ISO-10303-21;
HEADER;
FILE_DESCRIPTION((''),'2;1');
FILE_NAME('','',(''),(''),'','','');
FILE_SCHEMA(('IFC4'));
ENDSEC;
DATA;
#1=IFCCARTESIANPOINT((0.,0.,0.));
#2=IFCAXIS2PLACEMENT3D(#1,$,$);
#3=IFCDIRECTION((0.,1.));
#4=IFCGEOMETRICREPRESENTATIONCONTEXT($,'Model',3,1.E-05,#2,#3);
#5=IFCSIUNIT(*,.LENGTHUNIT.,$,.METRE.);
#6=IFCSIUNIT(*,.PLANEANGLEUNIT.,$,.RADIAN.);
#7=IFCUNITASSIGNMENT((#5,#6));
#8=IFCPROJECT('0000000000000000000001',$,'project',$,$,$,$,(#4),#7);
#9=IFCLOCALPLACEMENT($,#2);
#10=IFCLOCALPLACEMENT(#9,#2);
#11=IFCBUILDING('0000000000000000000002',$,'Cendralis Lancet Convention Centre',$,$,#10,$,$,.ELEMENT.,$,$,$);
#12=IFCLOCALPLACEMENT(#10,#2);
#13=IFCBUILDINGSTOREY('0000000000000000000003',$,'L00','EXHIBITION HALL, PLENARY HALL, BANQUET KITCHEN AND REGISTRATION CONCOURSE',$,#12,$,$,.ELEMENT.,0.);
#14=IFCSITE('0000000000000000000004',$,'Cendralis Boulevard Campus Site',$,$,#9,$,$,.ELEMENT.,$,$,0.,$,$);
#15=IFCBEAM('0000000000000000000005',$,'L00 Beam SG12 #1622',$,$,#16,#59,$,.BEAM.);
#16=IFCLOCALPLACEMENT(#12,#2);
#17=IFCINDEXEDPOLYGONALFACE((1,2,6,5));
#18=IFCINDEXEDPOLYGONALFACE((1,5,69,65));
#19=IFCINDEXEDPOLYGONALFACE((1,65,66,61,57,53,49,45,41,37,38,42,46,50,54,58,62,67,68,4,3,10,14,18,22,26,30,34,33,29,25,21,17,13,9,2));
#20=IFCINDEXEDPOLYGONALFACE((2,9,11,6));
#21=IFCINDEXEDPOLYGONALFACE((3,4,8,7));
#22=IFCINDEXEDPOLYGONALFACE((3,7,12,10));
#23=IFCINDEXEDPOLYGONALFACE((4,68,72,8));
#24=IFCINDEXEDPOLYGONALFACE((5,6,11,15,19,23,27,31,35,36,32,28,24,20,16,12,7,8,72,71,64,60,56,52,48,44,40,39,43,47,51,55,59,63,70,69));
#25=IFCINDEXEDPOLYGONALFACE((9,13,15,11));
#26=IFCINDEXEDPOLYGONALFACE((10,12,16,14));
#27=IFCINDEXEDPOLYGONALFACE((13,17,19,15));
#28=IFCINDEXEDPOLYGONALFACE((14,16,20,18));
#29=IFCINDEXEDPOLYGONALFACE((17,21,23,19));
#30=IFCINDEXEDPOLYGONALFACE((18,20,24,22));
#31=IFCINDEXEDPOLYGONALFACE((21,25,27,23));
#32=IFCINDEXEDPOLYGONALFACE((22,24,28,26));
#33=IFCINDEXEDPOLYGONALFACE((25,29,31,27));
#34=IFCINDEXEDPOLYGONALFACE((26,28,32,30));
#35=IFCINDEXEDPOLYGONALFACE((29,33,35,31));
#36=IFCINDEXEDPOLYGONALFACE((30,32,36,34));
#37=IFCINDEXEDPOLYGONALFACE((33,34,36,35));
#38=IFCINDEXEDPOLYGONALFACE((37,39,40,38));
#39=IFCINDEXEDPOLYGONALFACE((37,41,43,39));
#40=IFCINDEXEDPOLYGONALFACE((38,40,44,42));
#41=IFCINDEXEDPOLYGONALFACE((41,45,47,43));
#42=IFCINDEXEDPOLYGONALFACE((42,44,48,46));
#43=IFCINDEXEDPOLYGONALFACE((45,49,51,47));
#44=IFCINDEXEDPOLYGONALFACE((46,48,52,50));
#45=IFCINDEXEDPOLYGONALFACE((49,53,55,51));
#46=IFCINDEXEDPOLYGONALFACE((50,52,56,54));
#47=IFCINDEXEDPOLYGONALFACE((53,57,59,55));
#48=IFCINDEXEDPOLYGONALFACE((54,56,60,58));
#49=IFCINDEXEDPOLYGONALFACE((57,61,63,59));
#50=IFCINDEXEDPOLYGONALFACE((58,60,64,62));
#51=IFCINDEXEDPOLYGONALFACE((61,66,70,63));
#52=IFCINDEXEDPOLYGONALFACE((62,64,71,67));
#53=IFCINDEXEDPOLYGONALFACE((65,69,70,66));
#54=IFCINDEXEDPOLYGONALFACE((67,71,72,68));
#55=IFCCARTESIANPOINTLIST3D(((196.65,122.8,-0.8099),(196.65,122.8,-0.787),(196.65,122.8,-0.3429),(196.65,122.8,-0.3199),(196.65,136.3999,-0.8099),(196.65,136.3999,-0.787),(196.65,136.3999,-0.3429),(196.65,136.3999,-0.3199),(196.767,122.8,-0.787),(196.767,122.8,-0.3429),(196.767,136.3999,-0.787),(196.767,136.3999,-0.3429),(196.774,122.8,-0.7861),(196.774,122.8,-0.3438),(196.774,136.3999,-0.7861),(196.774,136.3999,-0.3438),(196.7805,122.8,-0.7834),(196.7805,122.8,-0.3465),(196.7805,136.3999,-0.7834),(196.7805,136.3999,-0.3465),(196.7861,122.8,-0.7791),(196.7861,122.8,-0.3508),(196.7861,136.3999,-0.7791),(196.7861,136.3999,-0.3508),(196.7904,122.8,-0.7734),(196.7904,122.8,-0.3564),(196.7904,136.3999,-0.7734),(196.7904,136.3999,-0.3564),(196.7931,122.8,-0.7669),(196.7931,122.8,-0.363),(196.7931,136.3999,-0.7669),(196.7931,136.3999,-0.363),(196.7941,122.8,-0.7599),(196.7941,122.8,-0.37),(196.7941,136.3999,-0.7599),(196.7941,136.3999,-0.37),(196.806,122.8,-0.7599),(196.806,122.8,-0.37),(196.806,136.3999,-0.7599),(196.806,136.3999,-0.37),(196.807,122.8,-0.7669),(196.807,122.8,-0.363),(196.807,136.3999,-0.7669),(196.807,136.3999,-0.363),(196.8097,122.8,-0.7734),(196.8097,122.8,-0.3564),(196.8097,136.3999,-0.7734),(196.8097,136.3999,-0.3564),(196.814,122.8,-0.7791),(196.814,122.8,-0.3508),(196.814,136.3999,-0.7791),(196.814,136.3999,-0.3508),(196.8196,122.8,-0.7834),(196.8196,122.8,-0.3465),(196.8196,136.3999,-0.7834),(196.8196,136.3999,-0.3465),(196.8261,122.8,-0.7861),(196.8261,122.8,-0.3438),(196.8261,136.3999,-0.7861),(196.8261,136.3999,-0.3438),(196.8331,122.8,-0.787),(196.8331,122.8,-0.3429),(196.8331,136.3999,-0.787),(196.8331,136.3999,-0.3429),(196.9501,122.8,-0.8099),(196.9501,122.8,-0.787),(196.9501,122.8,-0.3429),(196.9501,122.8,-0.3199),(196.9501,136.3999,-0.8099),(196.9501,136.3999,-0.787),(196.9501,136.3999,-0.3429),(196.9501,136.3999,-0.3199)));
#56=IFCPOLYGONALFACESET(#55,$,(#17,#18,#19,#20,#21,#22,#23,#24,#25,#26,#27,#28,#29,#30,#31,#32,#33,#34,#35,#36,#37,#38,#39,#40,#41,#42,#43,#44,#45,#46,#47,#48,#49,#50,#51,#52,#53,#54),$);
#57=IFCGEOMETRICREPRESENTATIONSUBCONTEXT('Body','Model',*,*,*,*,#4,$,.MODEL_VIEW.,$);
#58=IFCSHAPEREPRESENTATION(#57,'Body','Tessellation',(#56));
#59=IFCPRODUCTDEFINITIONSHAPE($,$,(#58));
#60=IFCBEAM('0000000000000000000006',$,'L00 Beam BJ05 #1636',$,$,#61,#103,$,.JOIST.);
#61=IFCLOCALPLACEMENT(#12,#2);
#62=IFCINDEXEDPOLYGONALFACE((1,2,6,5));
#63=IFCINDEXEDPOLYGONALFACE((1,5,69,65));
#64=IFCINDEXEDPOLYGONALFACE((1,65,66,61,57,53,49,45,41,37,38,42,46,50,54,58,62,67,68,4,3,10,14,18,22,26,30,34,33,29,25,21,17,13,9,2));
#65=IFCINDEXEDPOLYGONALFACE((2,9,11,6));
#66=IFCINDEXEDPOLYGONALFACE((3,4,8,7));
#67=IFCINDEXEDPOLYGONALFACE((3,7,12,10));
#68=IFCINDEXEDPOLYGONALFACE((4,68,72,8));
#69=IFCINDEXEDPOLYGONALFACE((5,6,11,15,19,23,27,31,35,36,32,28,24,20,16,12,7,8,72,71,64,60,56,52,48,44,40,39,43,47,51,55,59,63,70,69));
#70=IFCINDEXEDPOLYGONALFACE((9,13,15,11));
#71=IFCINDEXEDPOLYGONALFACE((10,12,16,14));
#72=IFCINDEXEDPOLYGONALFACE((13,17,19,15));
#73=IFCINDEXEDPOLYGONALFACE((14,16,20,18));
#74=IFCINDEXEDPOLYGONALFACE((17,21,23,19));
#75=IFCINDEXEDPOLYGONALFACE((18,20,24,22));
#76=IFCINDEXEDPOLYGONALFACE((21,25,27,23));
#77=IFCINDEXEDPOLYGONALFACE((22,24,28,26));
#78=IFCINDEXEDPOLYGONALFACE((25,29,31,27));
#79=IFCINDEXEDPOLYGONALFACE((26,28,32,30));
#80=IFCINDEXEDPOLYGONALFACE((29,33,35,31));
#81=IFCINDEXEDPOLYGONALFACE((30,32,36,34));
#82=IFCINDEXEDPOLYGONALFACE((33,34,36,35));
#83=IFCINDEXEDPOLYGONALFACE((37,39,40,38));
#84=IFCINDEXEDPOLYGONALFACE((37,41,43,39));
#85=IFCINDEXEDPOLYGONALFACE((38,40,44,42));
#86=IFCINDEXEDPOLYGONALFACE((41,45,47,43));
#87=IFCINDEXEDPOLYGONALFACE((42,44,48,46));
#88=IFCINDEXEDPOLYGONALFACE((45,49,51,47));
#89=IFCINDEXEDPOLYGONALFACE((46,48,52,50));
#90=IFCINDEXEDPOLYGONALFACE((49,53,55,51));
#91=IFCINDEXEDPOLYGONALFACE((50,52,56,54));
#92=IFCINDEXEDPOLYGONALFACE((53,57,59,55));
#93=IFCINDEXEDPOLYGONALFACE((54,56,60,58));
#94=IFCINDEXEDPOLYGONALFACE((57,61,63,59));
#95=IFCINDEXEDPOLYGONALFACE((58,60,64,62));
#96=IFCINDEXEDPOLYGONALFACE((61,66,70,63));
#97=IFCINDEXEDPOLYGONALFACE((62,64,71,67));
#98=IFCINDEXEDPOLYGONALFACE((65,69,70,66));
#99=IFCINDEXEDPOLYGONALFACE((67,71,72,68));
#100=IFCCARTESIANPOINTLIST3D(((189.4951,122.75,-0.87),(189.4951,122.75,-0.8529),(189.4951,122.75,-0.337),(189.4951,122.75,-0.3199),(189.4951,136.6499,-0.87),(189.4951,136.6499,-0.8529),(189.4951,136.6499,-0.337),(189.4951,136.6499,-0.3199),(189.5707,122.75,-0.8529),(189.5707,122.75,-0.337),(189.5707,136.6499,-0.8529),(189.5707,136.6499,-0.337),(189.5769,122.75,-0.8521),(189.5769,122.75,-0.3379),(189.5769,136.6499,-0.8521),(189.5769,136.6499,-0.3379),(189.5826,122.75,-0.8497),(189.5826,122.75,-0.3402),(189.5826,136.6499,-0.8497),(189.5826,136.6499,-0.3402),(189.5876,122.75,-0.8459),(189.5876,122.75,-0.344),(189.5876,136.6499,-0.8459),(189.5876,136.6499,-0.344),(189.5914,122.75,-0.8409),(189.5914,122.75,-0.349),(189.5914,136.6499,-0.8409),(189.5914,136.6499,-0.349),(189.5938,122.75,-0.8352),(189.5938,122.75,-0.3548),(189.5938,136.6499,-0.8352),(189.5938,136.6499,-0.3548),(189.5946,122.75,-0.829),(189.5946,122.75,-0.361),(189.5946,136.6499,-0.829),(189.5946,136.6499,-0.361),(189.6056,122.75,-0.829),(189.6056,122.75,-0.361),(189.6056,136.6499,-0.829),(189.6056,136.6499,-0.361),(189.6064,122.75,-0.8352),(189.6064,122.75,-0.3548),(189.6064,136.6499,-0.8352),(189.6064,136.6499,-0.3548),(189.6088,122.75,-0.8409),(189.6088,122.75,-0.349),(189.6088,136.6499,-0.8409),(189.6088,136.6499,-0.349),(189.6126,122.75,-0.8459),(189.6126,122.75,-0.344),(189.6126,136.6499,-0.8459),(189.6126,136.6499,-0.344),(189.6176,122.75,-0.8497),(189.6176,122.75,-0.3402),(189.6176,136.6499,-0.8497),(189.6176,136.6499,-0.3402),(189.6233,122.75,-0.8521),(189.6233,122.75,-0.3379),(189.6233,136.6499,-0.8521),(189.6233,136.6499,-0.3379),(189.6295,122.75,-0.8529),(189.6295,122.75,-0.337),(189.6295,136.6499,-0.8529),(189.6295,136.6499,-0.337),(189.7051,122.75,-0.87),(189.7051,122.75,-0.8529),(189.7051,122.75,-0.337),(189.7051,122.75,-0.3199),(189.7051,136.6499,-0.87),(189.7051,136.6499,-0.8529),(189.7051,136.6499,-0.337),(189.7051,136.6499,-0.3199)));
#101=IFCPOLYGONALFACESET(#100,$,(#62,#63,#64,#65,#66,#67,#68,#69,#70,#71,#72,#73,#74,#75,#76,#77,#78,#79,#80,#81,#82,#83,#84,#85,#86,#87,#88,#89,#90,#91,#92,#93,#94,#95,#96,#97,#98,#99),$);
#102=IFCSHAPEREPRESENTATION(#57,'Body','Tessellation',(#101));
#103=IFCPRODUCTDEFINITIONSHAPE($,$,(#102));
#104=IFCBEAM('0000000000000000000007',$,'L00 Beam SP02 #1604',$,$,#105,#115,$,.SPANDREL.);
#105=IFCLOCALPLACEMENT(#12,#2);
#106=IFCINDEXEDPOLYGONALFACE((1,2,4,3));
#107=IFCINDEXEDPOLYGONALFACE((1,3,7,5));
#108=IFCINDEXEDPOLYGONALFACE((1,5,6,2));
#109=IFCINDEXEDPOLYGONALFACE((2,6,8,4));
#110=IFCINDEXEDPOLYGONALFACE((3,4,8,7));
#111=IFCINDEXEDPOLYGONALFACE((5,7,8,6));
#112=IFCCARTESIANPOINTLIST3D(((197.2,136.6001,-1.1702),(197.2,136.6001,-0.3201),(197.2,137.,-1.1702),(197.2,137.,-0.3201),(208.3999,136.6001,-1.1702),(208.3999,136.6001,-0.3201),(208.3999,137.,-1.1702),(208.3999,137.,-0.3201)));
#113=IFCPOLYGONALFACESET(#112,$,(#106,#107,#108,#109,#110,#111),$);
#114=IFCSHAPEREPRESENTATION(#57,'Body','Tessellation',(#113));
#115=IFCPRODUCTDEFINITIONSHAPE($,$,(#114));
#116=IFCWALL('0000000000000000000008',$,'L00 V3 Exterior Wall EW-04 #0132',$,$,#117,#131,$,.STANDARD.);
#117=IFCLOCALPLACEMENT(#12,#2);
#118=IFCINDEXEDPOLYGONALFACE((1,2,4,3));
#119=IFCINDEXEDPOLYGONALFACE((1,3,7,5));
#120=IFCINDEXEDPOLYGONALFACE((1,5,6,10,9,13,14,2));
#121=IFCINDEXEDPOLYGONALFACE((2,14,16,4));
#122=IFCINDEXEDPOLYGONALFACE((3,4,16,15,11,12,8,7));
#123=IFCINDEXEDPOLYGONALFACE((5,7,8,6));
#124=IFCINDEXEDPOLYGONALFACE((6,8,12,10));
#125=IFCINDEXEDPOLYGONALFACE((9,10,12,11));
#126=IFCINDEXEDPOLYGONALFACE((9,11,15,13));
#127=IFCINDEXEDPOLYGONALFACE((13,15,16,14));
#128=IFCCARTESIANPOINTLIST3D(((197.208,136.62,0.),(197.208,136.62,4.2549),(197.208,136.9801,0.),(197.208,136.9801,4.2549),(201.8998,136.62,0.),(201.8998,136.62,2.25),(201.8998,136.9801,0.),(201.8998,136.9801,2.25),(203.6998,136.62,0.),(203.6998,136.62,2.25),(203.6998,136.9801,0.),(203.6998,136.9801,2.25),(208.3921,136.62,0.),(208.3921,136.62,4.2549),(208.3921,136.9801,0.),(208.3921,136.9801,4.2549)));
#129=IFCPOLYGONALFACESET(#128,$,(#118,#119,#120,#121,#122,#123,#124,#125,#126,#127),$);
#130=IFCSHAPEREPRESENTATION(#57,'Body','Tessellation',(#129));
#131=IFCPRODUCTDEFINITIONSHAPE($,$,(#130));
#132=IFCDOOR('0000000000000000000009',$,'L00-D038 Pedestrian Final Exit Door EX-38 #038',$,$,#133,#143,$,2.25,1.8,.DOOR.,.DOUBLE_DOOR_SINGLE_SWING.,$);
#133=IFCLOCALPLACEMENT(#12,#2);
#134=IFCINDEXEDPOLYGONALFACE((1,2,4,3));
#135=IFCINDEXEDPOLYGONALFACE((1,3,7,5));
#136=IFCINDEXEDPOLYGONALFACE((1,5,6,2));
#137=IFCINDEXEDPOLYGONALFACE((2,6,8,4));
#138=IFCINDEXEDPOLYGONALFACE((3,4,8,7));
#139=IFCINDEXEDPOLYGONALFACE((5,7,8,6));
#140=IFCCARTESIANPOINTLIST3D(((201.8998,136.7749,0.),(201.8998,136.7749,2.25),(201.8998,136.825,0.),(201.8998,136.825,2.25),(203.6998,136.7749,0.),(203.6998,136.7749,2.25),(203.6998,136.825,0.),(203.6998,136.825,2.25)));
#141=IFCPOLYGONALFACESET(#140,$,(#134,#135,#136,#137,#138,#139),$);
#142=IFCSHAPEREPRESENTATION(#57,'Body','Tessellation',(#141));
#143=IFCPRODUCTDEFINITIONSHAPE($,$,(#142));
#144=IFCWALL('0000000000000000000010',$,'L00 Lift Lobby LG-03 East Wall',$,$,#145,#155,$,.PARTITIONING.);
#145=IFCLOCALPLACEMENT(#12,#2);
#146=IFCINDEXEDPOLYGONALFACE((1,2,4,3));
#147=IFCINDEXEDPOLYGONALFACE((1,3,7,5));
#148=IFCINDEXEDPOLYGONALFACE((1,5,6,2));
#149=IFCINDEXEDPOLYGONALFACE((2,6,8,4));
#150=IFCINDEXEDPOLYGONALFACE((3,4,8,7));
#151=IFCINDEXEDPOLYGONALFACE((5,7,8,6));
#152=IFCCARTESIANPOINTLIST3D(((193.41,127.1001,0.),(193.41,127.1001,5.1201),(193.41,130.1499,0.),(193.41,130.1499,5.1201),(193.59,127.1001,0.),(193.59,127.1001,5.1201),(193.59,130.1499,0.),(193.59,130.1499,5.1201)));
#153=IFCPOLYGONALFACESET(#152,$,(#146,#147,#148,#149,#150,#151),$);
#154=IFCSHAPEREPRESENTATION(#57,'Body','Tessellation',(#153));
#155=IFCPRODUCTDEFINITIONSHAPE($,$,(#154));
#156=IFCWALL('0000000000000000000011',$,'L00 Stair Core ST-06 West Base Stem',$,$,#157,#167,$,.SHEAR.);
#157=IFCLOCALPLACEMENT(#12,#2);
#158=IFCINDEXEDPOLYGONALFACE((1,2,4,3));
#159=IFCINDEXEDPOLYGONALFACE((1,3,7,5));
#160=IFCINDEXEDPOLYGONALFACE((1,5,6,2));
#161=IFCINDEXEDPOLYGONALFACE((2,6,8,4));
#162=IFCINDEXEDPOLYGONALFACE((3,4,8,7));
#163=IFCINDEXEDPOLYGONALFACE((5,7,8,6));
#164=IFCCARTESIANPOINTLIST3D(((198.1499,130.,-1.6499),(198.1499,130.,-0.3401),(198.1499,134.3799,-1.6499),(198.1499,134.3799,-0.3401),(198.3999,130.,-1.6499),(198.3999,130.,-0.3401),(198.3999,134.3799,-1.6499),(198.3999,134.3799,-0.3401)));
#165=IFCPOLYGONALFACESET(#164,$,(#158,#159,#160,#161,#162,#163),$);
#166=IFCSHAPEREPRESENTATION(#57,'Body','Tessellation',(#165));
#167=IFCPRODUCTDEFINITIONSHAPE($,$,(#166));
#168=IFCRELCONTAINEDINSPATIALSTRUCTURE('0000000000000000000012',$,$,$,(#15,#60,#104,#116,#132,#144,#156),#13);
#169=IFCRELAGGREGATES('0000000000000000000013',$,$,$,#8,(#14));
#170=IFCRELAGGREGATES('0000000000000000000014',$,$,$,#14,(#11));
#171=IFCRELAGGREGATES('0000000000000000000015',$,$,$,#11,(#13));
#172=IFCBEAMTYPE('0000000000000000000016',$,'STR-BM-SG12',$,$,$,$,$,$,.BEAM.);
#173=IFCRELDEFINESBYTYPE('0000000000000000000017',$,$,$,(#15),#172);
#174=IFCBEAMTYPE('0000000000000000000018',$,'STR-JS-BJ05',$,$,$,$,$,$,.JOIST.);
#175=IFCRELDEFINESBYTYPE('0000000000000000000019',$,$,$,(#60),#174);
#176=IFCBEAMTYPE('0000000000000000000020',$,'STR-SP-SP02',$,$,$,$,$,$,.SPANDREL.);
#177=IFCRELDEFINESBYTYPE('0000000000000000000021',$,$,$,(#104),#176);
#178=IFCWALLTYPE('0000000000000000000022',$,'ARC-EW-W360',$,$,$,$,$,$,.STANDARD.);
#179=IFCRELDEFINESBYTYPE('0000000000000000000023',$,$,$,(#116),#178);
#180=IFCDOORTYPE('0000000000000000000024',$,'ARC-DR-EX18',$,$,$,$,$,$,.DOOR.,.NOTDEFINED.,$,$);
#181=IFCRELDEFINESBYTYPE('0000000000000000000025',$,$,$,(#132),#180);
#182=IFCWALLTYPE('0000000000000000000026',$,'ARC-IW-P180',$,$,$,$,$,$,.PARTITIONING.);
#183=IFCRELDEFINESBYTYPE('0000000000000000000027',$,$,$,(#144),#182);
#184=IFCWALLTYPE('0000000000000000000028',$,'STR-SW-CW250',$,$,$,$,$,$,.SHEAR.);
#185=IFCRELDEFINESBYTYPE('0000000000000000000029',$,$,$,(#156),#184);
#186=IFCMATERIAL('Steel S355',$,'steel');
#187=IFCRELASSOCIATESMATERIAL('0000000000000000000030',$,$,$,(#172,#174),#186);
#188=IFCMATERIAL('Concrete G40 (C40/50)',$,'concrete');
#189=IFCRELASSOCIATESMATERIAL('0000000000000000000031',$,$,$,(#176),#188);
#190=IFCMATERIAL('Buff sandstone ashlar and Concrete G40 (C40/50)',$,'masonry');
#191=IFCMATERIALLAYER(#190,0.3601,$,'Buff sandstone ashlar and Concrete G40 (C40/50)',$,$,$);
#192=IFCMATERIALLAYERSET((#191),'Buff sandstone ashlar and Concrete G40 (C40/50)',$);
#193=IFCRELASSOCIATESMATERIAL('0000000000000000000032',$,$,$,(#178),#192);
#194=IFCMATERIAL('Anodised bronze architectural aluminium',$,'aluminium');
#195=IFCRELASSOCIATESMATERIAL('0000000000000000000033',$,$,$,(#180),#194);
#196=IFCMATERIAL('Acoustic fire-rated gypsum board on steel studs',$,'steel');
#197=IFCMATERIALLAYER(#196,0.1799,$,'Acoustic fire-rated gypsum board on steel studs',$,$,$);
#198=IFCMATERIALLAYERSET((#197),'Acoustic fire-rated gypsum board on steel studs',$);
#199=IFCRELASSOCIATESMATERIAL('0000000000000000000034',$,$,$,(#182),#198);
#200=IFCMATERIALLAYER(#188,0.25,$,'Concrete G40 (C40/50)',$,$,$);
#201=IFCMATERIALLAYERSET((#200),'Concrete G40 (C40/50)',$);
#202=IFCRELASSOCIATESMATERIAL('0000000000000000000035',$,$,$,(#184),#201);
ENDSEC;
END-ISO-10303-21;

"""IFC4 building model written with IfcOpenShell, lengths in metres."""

from ifc_helpers import new_model, si_unit, direction, frame, frame_2d, origin, origin_2d, place, context, subcontext, project, spatial, rectangle, i_section, extrude, material, layer, layer_set, material_profile, profile_set, type_object, element, fill, save


model = new_model("IFC4")

# Units and contexts
model_context = context("Model", 3, precision=1e-05, world=origin(), true_north=direction((0.0, 1.0)))
body_context = subcontext(model_context, "Body", "Model", "MODEL_VIEW")
ifc_project = project(units=[si_unit("LENGTHUNIT", "METRE"), si_unit("PLANEANGLEUNIT", "RADIAN")], contexts=[model_context])

# Site, building, storey
site_placement = place(None, origin())
site = spatial("IfcSite", under=ifc_project, at=site_placement, Name="Cendralis Boulevard Campus Site", CompositionType="ELEMENT", RefElevation=0.0)
building_placement = place(site_placement, origin())
building = spatial("IfcBuilding", under=site, at=building_placement, Name="Cendralis Lancet Convention Centre", CompositionType="ELEMENT")
storey_placement = place(building_placement, origin())
storey = spatial("IfcBuildingStorey", under=building, at=storey_placement, Name="L00", Description="EXHIBITION HALL, PLENARY HALL, BANQUET KITCHEN AND REGISTRATION CONCOURSE", CompositionType="ELEMENT", Elevation=0.0)

# Shared definitions
ifc_material_1 = material(Name="Concrete G40 (C40/50)", Category="concrete")

# Beams
ifc_material_2 = material(Name="Steel S355", Category="steel")
ifc_material_profile_1 = material_profile(ifc_material_2, i_section(OverallWidth=0.3, OverallDepth=0.49, WebThickness=0.012, FlangeThickness=0.0229, FilletRadius=0.0271, at=origin_2d()), Name="HEA 500")
ifc_profile_set_1 = profile_set([ifc_material_profile_1], Name="Steel S355")
beam_type_1 = type_object("IfcBeamType", Name="STR-BM-SG12", PredefinedType="BEAM", material=ifc_profile_set_1)
beam_1_placement = place(storey_placement, frame((196.8, 122.8, -0.5649), z_axis=(0.0, 1.0, 0.0), x_axis=(-1.0, 0.0, 0.0)))
element("IfcBeam", 1, at=beam_1_placement, inside=storey, type_object=beam_type_1, Name="L00 Beam SG12 #1622", PredefinedType="BEAM", context=body_context, shape_type="SweptSolid", body=[
    extrude(i_section(OverallWidth=0.3, OverallDepth=0.49, WebThickness=0.012, FlangeThickness=0.0229, FilletRadius=0.0271, at=origin_2d()), origin(), (0.0, 0.0, 1.0), 13.5999),
])
ifc_material_profile_2 = material_profile(ifc_material_2, i_section(OverallWidth=0.21, OverallDepth=0.55, WebThickness=0.011, FlangeThickness=0.0171, FilletRadius=0.0239, at=origin_2d()), Name="IPE 550")
ifc_profile_set_2 = profile_set([ifc_material_profile_2], Name="Steel S355")
beam_type_2 = type_object("IfcBeamType", Name="STR-JS-BJ05", PredefinedType="JOIST", material=ifc_profile_set_2)
beam_2_placement = place(storey_placement, frame((189.6001, 122.75, -0.595), z_axis=(0.0, 1.0, 0.0), x_axis=(-1.0, 0.0, 0.0)))
element("IfcBeam", 2, at=beam_2_placement, inside=storey, type_object=beam_type_2, Name="L00 Beam BJ05 #1636", PredefinedType="JOIST", context=body_context, shape_type="SweptSolid", body=[
    extrude(i_section(OverallWidth=0.21, OverallDepth=0.55, WebThickness=0.011, FlangeThickness=0.0171, FilletRadius=0.0239, at=origin_2d()), origin(), (0.0, 0.0, 1.0), 13.8999),
])
ifc_material_profile_3 = material_profile(ifc_material_1, rectangle(XDim=0.3999, YDim=0.8501, at=origin_2d()), Name="RCB 400x850")
ifc_profile_set_3 = profile_set([ifc_material_profile_3], Name="Concrete G40 (C40/50)")
beam_type_3 = type_object("IfcBeamType", Name="STR-SP-SP02", PredefinedType="SPANDREL", material=ifc_profile_set_3)
beam_3_placement = place(storey_placement, frame((197.2, 136.8, -0.7451), z_axis=(1.0, 0.0, 0.0), x_axis=(0.0, 1.0, 0.0)))
element("IfcBeam", 3, at=beam_3_placement, inside=storey, type_object=beam_type_3, Name="L00 Beam SP02 #1604", PredefinedType="SPANDREL", context=body_context, shape_type="SweptSolid", body=[
    extrude(rectangle(XDim=0.3999, YDim=0.8501, at=origin_2d()), origin(), (0.0, 0.0, 1.0), 11.2),
])

# Wall, opening, door
ifc_material_3 = material(Name="Buff sandstone ashlar and Concrete G40 (C40/50)", Category="masonry")
ifc_layer_1 = layer(ifc_material_3, 0.3601, Name="Buff sandstone ashlar and Concrete G40 (C40/50)")
ifc_layer_set_1 = layer_set([ifc_layer_1], Name="Buff sandstone ashlar and Concrete G40 (C40/50)")
wall_type_1 = type_object("IfcWallType", Name="ARC-EW-W360", PredefinedType="STANDARD", material=ifc_layer_set_1)
wall_1_placement = place(storey_placement, frame((197.208, 136.8, 0.0), z_axis=(0.0, 0.0, 1.0), x_axis=(1.0, 0.0, 0.0)))
wall_1 = element("IfcWall", 4, at=wall_1_placement, inside=storey, type_object=wall_type_1, Name="L00 V3 Exterior Wall EW-04 #0132", PredefinedType="STANDARD", context=body_context, shape_type="SweptSolid", body=[
    extrude(rectangle(XDim=11.1841, YDim=0.3601, at=frame_2d((5.592, 0.0))), origin(), (0.0, 0.0, 1.0), 4.2549),
])
opening_1_placement = place(wall_1_placement, frame((4.6919, 0.0, 0.0)))
opening_1 = element("IfcOpeningElement", 5, at=opening_1_placement, cuts=wall_1, PredefinedType="OPENING", context=body_context, shape_type="SweptSolid", body=[
    extrude(rectangle(XDim=1.8, YDim=2.25, at=frame_2d((0.8999, 1.125))), frame((0.0, 0.1899, 0.0), z_axis=(0.0, -1.0, 0.0), x_axis=(1.0, 0.0, 0.0)), (0.0, 0.0, 1.0), 0.3801),
])
ifc_material_4 = material(Name="Anodised bronze architectural aluminium", Category="aluminium")
door_type_1 = type_object("IfcDoorType", Name="ARC-DR-EX18", OperationType="NOTDEFINED", PredefinedType="DOOR", material=ifc_material_4)
door_1_placement = place(opening_1_placement, origin())
door_1 = element("IfcDoor", 6, at=door_1_placement, inside=storey, type_object=door_type_1, Name="L00-D038 Pedestrian Final Exit Door EX-38 #038", OperationType="DOUBLE_DOOR_SINGLE_SWING", OverallHeight=2.25, OverallWidth=1.8, PredefinedType="DOOR", context=body_context, shape_type="SweptSolid", body=[
    extrude(rectangle(XDim=1.8, YDim=2.25, at=frame_2d((0.8999, 1.125))), frame((0.0, 0.0249, 0.0), z_axis=(0.0, -1.0, 0.0), x_axis=(1.0, 0.0, 0.0)), (0.0, 0.0, 1.0), 0.05),
])
fill(opening_1, door_1)
ifc_material_5 = material(Name="Acoustic fire-rated gypsum board on steel studs", Category="steel")
ifc_layer_2 = layer(ifc_material_5, 0.1799, Name="Acoustic fire-rated gypsum board on steel studs")
ifc_layer_set_2 = layer_set([ifc_layer_2], Name="Acoustic fire-rated gypsum board on steel studs")
wall_type_2 = type_object("IfcWallType", Name="ARC-IW-P180", PredefinedType="PARTITIONING", material=ifc_layer_set_2)

# Walls
wall_2_placement = place(storey_placement, frame((193.5, 127.1001, 0.0), z_axis=(0.0, 0.0, 1.0), x_axis=(0.0, 1.0, 0.0)))
element("IfcWall", 7, at=wall_2_placement, inside=storey, type_object=wall_type_2, Name="L00 Lift Lobby LG-03 East Wall", PredefinedType="PARTITIONING", context=body_context, shape_type="SweptSolid", body=[
    extrude(rectangle(XDim=3.0498, YDim=0.1799, at=frame_2d((1.5249, 0.0))), origin(), (0.0, 0.0, 1.0), 5.1201),
])
ifc_layer_3 = layer(ifc_material_1, 0.25, Name="Concrete G40 (C40/50)")
ifc_layer_set_3 = layer_set([ifc_layer_3], Name="Concrete G40 (C40/50)")
wall_type_3 = type_object("IfcWallType", Name="STR-SW-CW250", PredefinedType="SHEAR", material=ifc_layer_set_3)
wall_3_placement = place(storey_placement, frame((198.2749, 130.0, -1.6499), z_axis=(0.0, 0.0, 1.0), x_axis=(0.0, 1.0, 0.0)))
element("IfcWall", 8, at=wall_3_placement, inside=storey, type_object=wall_type_3, Name="L00 Stair Core ST-06 West Base Stem", PredefinedType="SHEAR", context=body_context, shape_type="SweptSolid", body=[
    extrude(rectangle(XDim=4.3799, YDim=0.25, at=frame_2d((2.1899, 0.0))), origin(), (0.0, 0.0, 1.0), 1.3098),
])

save(model, "model.ifc")
